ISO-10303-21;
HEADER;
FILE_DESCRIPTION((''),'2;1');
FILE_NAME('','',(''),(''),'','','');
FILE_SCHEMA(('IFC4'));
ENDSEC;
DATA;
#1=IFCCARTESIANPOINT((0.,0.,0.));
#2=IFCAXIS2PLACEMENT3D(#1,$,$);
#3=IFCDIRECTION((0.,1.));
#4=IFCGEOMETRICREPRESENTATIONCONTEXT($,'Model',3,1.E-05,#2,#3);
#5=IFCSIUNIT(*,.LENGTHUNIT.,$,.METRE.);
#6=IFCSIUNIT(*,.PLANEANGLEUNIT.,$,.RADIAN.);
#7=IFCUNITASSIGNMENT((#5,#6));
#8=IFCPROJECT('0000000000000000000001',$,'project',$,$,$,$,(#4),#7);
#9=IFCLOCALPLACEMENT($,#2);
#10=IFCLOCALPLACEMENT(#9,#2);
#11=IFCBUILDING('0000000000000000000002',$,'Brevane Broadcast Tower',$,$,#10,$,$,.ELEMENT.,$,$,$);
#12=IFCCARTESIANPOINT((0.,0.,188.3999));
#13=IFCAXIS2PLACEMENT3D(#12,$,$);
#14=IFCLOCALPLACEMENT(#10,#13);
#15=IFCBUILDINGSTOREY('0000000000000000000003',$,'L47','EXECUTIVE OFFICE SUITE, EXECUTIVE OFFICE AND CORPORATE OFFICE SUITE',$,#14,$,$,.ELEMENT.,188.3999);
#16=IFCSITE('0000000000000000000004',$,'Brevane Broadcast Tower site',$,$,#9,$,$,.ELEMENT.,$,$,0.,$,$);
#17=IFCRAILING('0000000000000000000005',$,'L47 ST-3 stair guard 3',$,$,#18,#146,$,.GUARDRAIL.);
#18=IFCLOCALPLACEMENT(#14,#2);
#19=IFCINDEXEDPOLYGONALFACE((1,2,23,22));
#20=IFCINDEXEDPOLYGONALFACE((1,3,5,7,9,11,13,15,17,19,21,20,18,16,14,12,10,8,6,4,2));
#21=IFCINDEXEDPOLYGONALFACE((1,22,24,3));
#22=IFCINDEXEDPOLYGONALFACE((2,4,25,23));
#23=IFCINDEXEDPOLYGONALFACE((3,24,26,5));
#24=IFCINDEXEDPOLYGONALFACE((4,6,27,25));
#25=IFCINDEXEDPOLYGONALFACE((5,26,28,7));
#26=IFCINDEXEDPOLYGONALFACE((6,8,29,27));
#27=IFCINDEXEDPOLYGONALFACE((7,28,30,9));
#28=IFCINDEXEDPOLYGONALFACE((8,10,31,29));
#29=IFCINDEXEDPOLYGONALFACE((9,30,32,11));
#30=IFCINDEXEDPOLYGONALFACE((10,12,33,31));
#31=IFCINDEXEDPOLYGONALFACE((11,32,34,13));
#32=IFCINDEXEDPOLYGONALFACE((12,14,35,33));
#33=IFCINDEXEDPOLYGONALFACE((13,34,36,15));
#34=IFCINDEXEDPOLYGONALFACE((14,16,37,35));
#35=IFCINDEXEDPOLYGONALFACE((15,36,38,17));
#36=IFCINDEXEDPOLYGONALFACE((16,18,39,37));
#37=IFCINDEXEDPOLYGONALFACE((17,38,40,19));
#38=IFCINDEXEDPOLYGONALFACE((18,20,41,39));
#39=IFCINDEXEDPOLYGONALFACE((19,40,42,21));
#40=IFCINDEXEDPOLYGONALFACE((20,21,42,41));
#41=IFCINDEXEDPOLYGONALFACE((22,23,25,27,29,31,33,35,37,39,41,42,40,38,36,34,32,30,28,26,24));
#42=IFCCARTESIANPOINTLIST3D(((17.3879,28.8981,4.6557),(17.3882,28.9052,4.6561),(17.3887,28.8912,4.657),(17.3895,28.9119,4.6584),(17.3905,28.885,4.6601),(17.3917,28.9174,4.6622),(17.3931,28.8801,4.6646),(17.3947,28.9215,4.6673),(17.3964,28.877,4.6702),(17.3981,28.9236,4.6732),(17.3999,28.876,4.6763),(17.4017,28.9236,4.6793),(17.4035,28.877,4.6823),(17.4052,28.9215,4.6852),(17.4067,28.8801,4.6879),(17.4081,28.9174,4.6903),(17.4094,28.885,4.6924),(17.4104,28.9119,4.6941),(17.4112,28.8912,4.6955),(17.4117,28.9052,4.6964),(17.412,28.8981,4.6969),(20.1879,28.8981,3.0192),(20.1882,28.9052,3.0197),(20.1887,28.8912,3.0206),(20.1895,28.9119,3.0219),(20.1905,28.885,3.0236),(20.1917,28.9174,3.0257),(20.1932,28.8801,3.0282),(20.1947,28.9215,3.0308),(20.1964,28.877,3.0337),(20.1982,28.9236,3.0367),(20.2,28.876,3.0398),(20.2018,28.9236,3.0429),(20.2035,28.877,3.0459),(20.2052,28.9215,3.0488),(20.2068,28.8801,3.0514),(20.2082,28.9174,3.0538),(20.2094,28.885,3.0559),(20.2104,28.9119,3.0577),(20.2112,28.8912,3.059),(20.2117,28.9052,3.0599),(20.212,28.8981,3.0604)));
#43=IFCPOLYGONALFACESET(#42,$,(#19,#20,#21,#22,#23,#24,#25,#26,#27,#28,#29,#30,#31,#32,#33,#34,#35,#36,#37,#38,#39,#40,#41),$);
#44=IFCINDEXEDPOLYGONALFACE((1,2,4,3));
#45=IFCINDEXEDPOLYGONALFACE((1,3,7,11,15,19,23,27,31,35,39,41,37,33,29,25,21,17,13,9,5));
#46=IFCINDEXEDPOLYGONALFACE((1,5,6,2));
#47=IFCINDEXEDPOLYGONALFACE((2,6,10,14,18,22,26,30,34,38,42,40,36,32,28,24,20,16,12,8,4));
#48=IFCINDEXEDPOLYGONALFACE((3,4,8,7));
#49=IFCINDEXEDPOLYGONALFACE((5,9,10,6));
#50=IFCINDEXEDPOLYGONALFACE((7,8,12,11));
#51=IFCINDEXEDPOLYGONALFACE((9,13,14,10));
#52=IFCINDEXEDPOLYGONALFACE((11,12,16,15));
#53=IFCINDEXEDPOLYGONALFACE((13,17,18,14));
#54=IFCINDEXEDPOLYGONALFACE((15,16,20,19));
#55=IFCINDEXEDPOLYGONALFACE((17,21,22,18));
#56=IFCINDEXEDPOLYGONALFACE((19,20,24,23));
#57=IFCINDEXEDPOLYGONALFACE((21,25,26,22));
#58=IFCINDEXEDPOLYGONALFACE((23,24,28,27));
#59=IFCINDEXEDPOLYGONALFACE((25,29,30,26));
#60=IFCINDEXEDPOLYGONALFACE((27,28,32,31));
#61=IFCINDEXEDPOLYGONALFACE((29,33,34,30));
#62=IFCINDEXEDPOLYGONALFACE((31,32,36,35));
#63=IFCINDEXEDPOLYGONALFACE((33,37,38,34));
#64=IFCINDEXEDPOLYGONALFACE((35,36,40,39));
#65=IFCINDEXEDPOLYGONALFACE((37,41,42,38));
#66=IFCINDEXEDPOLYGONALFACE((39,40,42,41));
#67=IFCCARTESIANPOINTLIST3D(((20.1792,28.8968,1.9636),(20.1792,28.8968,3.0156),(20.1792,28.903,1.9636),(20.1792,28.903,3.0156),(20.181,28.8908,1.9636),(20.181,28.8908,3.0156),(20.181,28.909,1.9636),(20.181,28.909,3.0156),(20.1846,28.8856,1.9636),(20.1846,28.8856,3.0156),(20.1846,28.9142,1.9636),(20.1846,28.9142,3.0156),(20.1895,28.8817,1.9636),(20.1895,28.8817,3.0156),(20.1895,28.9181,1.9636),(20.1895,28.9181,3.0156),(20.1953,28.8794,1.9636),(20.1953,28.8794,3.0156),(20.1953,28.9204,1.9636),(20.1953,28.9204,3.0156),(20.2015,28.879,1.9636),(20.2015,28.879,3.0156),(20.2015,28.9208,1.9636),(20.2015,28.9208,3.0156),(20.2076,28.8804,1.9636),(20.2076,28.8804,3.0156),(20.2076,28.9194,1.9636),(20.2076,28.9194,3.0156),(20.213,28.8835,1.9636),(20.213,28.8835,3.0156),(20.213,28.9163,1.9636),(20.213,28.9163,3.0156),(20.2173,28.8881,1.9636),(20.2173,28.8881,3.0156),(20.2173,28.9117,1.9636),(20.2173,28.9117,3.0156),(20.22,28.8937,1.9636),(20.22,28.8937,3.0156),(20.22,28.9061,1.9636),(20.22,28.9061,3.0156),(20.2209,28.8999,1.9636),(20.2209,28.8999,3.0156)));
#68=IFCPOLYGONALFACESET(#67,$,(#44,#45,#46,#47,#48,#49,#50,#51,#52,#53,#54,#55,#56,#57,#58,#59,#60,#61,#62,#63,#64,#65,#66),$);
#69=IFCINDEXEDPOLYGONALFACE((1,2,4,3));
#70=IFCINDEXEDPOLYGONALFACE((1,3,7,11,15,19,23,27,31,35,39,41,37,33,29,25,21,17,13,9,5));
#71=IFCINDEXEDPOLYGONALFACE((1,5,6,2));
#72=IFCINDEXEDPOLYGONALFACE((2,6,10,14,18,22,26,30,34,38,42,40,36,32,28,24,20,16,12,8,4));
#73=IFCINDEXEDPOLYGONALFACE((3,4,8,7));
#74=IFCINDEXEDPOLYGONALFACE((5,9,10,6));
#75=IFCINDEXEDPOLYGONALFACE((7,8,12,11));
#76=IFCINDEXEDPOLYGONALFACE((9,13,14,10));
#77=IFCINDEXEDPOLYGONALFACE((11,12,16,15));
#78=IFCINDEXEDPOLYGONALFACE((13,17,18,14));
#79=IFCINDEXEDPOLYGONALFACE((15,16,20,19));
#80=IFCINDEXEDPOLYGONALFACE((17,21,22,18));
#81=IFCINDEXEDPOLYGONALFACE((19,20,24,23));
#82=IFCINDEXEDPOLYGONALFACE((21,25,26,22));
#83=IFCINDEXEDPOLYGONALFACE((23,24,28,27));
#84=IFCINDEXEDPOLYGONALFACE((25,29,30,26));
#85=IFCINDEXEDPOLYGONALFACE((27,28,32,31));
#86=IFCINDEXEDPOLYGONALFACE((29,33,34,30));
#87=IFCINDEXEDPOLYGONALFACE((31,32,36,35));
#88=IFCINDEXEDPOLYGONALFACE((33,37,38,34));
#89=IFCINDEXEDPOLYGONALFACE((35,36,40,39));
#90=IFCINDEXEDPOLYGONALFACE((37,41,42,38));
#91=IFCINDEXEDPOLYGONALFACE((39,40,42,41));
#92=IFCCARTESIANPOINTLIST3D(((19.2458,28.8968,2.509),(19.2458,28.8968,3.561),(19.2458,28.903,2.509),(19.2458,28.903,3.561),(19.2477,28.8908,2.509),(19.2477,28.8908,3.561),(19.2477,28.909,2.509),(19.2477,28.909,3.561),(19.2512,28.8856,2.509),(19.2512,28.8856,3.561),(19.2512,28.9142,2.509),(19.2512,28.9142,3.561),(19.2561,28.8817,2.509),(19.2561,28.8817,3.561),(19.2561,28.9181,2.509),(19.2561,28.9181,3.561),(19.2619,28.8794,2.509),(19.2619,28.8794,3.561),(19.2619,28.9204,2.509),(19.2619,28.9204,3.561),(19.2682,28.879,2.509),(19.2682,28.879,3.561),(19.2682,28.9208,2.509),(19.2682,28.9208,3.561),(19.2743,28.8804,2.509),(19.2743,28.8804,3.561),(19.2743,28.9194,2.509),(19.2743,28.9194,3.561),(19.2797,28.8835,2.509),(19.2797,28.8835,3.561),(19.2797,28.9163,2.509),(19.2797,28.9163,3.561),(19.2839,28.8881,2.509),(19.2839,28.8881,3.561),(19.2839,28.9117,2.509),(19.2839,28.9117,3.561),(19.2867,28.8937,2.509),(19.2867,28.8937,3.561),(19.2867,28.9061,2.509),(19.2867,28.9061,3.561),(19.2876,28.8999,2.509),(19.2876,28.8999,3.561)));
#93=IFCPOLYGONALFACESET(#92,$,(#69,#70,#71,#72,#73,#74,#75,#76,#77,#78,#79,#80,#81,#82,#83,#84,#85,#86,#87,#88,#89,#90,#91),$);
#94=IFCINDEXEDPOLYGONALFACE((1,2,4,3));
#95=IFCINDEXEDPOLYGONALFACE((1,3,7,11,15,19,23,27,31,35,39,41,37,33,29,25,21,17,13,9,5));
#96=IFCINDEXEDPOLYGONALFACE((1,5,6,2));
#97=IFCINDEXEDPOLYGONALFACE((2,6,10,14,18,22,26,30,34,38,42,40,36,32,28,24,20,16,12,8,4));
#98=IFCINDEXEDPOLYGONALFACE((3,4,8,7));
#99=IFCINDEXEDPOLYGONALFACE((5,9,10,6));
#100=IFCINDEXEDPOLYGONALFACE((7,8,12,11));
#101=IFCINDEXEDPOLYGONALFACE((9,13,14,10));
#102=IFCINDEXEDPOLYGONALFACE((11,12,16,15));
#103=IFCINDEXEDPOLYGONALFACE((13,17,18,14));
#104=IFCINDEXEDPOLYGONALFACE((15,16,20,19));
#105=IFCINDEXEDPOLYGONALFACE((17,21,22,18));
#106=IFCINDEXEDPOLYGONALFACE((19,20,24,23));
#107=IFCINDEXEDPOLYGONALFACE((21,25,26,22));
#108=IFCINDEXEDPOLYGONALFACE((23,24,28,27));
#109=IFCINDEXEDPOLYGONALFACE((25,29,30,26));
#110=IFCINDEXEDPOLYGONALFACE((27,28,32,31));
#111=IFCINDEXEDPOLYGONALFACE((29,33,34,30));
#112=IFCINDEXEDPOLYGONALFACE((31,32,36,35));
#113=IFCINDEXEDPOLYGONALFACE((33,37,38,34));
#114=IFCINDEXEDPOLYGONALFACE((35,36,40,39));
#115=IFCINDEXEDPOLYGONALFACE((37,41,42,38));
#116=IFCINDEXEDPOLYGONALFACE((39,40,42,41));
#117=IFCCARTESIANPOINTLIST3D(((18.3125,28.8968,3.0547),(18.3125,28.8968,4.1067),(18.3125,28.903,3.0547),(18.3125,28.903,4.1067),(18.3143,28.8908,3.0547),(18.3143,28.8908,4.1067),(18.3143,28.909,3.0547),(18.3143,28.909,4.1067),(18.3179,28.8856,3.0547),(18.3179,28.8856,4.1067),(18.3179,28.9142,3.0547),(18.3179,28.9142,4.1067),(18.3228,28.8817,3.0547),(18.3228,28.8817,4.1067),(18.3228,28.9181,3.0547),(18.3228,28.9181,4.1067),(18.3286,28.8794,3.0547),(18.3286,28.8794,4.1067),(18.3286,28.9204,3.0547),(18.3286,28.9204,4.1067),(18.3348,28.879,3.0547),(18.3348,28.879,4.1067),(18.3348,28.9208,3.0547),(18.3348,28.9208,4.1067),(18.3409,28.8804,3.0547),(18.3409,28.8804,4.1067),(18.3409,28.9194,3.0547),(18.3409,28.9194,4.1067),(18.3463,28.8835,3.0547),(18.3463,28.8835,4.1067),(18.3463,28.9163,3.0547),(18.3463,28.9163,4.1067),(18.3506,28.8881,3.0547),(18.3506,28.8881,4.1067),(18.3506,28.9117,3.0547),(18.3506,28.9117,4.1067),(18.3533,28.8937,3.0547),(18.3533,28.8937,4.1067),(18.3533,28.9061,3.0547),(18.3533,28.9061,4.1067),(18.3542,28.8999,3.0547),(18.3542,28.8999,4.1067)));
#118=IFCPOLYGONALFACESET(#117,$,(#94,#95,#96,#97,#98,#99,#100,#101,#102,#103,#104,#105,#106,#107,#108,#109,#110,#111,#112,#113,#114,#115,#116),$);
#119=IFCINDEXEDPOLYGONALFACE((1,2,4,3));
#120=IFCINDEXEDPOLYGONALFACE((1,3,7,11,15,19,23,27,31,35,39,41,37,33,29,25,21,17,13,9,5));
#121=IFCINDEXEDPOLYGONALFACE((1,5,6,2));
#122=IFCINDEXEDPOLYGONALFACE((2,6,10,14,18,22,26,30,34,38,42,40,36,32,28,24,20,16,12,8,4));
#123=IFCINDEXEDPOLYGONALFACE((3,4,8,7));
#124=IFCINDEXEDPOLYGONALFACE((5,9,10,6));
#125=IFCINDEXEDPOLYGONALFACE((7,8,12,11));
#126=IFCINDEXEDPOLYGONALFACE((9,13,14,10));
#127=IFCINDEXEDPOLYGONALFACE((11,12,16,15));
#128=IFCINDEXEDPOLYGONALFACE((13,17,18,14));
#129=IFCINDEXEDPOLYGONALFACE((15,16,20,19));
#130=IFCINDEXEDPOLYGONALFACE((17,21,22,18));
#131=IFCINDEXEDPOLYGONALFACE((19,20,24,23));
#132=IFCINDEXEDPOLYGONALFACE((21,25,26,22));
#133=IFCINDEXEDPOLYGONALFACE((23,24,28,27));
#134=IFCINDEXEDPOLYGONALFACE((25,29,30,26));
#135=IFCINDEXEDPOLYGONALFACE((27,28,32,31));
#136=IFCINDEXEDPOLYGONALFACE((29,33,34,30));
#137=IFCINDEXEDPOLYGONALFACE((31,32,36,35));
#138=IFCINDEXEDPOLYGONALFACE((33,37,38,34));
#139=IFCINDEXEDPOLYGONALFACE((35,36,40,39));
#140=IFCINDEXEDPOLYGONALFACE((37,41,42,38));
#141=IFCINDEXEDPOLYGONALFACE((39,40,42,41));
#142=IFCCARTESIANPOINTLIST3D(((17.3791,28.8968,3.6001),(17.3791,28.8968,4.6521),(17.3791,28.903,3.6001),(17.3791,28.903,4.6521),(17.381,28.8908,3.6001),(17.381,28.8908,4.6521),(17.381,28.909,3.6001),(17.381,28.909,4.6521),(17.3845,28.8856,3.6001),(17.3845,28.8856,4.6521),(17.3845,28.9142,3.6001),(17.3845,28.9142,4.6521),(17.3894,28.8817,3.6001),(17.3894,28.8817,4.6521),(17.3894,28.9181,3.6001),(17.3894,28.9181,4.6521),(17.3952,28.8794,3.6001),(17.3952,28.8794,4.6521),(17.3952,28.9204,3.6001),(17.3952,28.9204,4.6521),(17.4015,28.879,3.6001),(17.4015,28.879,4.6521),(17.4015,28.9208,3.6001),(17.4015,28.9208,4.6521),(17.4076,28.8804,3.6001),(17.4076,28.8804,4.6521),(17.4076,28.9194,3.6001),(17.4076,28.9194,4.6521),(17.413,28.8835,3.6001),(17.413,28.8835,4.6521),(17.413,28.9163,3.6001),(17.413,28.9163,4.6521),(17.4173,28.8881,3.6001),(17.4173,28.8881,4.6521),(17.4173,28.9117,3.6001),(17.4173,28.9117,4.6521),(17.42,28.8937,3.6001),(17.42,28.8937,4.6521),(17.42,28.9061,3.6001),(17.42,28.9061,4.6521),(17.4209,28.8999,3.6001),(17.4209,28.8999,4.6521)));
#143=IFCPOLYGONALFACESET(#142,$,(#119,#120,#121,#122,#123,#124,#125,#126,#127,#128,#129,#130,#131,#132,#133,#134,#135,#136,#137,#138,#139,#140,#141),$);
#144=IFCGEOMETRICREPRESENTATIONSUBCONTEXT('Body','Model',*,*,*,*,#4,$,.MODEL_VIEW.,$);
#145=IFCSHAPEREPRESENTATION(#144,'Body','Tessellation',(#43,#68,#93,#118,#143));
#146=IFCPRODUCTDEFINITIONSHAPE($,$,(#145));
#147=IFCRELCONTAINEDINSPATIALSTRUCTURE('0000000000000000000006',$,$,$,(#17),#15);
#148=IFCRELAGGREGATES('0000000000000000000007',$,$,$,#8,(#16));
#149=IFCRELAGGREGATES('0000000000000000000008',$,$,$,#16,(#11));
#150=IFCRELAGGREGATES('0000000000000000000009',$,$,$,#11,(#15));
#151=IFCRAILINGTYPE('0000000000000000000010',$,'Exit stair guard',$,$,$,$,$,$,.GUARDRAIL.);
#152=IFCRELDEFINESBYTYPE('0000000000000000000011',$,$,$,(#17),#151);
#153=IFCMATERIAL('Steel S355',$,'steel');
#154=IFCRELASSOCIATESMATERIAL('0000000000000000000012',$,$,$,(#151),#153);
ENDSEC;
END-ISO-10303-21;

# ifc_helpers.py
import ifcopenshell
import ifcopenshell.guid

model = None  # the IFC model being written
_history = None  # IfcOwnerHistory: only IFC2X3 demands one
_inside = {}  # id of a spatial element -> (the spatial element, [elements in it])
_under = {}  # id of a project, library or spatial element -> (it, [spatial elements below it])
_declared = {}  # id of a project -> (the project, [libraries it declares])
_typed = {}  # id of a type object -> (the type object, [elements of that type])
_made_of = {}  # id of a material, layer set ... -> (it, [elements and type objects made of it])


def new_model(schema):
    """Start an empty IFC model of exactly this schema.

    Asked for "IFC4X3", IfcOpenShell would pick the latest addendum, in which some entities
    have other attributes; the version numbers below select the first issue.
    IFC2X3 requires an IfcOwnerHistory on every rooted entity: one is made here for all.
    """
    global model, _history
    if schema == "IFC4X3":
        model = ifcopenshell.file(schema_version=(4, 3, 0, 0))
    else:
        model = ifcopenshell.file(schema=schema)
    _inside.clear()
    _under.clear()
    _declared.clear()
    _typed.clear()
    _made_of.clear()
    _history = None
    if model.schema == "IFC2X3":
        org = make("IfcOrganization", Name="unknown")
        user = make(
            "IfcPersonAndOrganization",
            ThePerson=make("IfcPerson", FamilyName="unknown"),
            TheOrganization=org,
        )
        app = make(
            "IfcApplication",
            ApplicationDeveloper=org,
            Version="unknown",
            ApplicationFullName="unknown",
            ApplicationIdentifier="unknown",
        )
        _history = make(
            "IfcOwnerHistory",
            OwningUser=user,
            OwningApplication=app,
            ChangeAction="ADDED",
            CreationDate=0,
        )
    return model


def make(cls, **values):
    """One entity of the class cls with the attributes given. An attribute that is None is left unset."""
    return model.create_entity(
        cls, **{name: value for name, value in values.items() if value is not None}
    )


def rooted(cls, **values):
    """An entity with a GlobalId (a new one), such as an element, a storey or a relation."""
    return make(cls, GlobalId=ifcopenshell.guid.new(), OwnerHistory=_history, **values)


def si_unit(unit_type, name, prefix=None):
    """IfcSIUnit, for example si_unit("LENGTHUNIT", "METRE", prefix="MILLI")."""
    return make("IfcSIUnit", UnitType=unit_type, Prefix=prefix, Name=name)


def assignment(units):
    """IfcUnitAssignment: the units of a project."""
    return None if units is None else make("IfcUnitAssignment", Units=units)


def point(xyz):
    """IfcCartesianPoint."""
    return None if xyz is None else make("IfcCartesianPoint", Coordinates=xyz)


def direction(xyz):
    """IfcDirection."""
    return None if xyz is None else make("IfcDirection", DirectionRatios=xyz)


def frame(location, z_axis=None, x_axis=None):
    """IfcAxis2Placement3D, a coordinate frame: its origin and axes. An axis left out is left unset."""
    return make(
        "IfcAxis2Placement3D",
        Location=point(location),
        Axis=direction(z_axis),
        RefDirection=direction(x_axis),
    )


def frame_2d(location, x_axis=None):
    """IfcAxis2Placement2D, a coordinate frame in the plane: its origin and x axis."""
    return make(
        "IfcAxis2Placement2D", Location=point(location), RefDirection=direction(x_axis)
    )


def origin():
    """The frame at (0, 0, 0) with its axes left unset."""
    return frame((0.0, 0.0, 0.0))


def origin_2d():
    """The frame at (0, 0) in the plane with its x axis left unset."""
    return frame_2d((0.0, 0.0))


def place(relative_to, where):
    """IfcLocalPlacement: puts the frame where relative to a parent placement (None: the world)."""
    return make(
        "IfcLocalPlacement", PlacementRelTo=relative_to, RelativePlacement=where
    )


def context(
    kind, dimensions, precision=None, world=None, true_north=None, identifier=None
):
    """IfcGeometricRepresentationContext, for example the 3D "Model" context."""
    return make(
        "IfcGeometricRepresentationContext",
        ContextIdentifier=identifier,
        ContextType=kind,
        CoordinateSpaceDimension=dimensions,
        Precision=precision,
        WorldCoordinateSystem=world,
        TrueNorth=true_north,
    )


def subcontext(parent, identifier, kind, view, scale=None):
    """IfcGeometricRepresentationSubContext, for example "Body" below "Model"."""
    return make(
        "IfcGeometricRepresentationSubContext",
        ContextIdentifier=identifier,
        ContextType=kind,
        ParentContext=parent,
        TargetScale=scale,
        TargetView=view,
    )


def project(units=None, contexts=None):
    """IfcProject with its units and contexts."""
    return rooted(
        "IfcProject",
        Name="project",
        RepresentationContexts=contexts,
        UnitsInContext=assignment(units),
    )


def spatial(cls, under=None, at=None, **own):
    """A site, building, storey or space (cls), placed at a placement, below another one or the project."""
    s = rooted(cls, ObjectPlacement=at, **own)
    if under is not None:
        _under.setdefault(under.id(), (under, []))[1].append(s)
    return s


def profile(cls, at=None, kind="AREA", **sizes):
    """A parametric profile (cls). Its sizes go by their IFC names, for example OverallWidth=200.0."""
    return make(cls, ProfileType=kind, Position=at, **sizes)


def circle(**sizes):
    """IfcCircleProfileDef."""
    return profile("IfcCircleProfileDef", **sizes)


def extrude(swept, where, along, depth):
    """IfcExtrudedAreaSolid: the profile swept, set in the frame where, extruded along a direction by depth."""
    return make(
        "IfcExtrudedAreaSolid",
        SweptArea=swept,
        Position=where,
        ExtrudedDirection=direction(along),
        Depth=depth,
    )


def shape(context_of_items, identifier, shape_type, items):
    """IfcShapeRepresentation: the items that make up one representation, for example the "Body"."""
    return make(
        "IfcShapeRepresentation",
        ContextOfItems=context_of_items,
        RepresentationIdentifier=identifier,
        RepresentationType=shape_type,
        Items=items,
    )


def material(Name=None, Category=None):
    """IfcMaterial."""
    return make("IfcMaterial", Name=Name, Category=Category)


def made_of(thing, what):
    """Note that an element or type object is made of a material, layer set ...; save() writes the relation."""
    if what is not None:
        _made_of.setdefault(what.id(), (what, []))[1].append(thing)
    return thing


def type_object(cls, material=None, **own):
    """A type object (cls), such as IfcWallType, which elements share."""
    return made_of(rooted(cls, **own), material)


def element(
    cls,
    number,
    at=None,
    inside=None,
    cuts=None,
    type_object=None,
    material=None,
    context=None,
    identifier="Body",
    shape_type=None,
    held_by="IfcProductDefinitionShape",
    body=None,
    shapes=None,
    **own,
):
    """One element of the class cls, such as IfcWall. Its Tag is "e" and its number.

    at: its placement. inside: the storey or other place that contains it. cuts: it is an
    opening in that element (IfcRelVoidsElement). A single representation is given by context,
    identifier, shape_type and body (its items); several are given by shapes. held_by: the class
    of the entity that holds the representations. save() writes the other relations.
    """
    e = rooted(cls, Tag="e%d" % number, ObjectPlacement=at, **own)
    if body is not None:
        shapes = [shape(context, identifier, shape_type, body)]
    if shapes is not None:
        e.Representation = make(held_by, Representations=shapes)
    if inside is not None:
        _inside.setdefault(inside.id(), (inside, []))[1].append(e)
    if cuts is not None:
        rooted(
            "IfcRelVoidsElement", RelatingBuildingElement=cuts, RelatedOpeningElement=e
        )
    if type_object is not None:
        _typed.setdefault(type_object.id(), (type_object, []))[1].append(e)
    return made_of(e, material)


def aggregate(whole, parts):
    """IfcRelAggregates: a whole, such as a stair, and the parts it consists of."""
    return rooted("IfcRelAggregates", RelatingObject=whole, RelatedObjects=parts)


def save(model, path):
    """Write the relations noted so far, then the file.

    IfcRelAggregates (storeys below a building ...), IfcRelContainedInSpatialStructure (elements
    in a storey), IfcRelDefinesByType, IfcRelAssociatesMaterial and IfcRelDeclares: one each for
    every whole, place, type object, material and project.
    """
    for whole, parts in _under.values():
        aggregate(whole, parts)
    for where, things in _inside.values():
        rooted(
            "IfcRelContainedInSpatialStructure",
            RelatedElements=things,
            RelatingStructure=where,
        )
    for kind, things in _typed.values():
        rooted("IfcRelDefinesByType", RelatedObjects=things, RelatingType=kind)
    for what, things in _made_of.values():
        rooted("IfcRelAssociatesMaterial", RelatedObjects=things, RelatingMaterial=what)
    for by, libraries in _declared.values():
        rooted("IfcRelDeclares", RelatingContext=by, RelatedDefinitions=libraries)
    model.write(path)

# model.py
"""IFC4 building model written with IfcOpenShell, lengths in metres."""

from ifc_helpers import new_model, si_unit, direction, frame, origin, origin_2d, place, context, subcontext, project, spatial, circle, extrude, material, type_object, element, save


model = new_model("IFC4")

# Units and contexts
model_context = context("Model", 3, precision=1e-05, world=origin(), true_north=direction((0.0, 1.0)))
body_context = subcontext(model_context, "Body", "Model", "MODEL_VIEW")
ifc_project = project(units=[si_unit("LENGTHUNIT", "METRE"), si_unit("PLANEANGLEUNIT", "RADIAN")], contexts=[model_context])

# Site, building, storey
site_placement = place(None, origin())
site = spatial("IfcSite", under=ifc_project, at=site_placement, Name="Brevane Broadcast Tower site", CompositionType="ELEMENT", RefElevation=0.0)
building_placement = place(site_placement, origin())
building = spatial("IfcBuilding", under=site, at=building_placement, Name="Brevane Broadcast Tower", CompositionType="ELEMENT")
storey_placement = place(building_placement, frame((0.0, 0.0, 188.3999)))
storey = spatial("IfcBuildingStorey", under=building, at=storey_placement, Name="L47", Description="EXECUTIVE OFFICE SUITE, EXECUTIVE OFFICE AND CORPORATE OFFICE SUITE", CompositionType="ELEMENT", Elevation=188.3999)

# Railing
ifc_material_1 = material(Name="Steel S355", Category="steel")
railing_type_1 = type_object("IfcRailingType", Name="Exit stair guard", PredefinedType="GUARDRAIL", material=ifc_material_1)
railing_1_placement = place(storey_placement, frame((20.2, 28.8999, 1.9636)))
element("IfcRailing", 1, at=railing_1_placement, inside=storey, type_object=railing_type_1, Name="L47 ST-3 stair guard 3", PredefinedType="GUARDRAIL", context=body_context, shape_type="SweptSolid", body=[
    extrude(circle(Radius=0.0239, at=origin_2d()), frame((0.0, 0.0, 1.0762), z_axis=(-0.863361, 0.0, 0.504587), x_axis=(0.0, -1.0, 0.0)), (0.0, 0.0, 1.0), 3.2432),
    extrude(circle(Radius=0.021, at=origin_2d()), origin(), (0.0, 0.0, 1.0), 1.052),
    extrude(circle(Radius=0.021, at=origin_2d()), frame((-0.9333, 0.0, 0.5454)), (0.0, 0.0, 1.0), 1.052),
    extrude(circle(Radius=0.021, at=origin_2d()), frame((-1.8667, 0.0, 1.0911)), (0.0, 0.0, 1.0), 1.052),
    extrude(circle(Radius=0.021, at=origin_2d()), frame((-2.8, 0.0, 1.6365)), (0.0, 0.0, 1.0), 1.052),
])

save(model, "model.ifc")
